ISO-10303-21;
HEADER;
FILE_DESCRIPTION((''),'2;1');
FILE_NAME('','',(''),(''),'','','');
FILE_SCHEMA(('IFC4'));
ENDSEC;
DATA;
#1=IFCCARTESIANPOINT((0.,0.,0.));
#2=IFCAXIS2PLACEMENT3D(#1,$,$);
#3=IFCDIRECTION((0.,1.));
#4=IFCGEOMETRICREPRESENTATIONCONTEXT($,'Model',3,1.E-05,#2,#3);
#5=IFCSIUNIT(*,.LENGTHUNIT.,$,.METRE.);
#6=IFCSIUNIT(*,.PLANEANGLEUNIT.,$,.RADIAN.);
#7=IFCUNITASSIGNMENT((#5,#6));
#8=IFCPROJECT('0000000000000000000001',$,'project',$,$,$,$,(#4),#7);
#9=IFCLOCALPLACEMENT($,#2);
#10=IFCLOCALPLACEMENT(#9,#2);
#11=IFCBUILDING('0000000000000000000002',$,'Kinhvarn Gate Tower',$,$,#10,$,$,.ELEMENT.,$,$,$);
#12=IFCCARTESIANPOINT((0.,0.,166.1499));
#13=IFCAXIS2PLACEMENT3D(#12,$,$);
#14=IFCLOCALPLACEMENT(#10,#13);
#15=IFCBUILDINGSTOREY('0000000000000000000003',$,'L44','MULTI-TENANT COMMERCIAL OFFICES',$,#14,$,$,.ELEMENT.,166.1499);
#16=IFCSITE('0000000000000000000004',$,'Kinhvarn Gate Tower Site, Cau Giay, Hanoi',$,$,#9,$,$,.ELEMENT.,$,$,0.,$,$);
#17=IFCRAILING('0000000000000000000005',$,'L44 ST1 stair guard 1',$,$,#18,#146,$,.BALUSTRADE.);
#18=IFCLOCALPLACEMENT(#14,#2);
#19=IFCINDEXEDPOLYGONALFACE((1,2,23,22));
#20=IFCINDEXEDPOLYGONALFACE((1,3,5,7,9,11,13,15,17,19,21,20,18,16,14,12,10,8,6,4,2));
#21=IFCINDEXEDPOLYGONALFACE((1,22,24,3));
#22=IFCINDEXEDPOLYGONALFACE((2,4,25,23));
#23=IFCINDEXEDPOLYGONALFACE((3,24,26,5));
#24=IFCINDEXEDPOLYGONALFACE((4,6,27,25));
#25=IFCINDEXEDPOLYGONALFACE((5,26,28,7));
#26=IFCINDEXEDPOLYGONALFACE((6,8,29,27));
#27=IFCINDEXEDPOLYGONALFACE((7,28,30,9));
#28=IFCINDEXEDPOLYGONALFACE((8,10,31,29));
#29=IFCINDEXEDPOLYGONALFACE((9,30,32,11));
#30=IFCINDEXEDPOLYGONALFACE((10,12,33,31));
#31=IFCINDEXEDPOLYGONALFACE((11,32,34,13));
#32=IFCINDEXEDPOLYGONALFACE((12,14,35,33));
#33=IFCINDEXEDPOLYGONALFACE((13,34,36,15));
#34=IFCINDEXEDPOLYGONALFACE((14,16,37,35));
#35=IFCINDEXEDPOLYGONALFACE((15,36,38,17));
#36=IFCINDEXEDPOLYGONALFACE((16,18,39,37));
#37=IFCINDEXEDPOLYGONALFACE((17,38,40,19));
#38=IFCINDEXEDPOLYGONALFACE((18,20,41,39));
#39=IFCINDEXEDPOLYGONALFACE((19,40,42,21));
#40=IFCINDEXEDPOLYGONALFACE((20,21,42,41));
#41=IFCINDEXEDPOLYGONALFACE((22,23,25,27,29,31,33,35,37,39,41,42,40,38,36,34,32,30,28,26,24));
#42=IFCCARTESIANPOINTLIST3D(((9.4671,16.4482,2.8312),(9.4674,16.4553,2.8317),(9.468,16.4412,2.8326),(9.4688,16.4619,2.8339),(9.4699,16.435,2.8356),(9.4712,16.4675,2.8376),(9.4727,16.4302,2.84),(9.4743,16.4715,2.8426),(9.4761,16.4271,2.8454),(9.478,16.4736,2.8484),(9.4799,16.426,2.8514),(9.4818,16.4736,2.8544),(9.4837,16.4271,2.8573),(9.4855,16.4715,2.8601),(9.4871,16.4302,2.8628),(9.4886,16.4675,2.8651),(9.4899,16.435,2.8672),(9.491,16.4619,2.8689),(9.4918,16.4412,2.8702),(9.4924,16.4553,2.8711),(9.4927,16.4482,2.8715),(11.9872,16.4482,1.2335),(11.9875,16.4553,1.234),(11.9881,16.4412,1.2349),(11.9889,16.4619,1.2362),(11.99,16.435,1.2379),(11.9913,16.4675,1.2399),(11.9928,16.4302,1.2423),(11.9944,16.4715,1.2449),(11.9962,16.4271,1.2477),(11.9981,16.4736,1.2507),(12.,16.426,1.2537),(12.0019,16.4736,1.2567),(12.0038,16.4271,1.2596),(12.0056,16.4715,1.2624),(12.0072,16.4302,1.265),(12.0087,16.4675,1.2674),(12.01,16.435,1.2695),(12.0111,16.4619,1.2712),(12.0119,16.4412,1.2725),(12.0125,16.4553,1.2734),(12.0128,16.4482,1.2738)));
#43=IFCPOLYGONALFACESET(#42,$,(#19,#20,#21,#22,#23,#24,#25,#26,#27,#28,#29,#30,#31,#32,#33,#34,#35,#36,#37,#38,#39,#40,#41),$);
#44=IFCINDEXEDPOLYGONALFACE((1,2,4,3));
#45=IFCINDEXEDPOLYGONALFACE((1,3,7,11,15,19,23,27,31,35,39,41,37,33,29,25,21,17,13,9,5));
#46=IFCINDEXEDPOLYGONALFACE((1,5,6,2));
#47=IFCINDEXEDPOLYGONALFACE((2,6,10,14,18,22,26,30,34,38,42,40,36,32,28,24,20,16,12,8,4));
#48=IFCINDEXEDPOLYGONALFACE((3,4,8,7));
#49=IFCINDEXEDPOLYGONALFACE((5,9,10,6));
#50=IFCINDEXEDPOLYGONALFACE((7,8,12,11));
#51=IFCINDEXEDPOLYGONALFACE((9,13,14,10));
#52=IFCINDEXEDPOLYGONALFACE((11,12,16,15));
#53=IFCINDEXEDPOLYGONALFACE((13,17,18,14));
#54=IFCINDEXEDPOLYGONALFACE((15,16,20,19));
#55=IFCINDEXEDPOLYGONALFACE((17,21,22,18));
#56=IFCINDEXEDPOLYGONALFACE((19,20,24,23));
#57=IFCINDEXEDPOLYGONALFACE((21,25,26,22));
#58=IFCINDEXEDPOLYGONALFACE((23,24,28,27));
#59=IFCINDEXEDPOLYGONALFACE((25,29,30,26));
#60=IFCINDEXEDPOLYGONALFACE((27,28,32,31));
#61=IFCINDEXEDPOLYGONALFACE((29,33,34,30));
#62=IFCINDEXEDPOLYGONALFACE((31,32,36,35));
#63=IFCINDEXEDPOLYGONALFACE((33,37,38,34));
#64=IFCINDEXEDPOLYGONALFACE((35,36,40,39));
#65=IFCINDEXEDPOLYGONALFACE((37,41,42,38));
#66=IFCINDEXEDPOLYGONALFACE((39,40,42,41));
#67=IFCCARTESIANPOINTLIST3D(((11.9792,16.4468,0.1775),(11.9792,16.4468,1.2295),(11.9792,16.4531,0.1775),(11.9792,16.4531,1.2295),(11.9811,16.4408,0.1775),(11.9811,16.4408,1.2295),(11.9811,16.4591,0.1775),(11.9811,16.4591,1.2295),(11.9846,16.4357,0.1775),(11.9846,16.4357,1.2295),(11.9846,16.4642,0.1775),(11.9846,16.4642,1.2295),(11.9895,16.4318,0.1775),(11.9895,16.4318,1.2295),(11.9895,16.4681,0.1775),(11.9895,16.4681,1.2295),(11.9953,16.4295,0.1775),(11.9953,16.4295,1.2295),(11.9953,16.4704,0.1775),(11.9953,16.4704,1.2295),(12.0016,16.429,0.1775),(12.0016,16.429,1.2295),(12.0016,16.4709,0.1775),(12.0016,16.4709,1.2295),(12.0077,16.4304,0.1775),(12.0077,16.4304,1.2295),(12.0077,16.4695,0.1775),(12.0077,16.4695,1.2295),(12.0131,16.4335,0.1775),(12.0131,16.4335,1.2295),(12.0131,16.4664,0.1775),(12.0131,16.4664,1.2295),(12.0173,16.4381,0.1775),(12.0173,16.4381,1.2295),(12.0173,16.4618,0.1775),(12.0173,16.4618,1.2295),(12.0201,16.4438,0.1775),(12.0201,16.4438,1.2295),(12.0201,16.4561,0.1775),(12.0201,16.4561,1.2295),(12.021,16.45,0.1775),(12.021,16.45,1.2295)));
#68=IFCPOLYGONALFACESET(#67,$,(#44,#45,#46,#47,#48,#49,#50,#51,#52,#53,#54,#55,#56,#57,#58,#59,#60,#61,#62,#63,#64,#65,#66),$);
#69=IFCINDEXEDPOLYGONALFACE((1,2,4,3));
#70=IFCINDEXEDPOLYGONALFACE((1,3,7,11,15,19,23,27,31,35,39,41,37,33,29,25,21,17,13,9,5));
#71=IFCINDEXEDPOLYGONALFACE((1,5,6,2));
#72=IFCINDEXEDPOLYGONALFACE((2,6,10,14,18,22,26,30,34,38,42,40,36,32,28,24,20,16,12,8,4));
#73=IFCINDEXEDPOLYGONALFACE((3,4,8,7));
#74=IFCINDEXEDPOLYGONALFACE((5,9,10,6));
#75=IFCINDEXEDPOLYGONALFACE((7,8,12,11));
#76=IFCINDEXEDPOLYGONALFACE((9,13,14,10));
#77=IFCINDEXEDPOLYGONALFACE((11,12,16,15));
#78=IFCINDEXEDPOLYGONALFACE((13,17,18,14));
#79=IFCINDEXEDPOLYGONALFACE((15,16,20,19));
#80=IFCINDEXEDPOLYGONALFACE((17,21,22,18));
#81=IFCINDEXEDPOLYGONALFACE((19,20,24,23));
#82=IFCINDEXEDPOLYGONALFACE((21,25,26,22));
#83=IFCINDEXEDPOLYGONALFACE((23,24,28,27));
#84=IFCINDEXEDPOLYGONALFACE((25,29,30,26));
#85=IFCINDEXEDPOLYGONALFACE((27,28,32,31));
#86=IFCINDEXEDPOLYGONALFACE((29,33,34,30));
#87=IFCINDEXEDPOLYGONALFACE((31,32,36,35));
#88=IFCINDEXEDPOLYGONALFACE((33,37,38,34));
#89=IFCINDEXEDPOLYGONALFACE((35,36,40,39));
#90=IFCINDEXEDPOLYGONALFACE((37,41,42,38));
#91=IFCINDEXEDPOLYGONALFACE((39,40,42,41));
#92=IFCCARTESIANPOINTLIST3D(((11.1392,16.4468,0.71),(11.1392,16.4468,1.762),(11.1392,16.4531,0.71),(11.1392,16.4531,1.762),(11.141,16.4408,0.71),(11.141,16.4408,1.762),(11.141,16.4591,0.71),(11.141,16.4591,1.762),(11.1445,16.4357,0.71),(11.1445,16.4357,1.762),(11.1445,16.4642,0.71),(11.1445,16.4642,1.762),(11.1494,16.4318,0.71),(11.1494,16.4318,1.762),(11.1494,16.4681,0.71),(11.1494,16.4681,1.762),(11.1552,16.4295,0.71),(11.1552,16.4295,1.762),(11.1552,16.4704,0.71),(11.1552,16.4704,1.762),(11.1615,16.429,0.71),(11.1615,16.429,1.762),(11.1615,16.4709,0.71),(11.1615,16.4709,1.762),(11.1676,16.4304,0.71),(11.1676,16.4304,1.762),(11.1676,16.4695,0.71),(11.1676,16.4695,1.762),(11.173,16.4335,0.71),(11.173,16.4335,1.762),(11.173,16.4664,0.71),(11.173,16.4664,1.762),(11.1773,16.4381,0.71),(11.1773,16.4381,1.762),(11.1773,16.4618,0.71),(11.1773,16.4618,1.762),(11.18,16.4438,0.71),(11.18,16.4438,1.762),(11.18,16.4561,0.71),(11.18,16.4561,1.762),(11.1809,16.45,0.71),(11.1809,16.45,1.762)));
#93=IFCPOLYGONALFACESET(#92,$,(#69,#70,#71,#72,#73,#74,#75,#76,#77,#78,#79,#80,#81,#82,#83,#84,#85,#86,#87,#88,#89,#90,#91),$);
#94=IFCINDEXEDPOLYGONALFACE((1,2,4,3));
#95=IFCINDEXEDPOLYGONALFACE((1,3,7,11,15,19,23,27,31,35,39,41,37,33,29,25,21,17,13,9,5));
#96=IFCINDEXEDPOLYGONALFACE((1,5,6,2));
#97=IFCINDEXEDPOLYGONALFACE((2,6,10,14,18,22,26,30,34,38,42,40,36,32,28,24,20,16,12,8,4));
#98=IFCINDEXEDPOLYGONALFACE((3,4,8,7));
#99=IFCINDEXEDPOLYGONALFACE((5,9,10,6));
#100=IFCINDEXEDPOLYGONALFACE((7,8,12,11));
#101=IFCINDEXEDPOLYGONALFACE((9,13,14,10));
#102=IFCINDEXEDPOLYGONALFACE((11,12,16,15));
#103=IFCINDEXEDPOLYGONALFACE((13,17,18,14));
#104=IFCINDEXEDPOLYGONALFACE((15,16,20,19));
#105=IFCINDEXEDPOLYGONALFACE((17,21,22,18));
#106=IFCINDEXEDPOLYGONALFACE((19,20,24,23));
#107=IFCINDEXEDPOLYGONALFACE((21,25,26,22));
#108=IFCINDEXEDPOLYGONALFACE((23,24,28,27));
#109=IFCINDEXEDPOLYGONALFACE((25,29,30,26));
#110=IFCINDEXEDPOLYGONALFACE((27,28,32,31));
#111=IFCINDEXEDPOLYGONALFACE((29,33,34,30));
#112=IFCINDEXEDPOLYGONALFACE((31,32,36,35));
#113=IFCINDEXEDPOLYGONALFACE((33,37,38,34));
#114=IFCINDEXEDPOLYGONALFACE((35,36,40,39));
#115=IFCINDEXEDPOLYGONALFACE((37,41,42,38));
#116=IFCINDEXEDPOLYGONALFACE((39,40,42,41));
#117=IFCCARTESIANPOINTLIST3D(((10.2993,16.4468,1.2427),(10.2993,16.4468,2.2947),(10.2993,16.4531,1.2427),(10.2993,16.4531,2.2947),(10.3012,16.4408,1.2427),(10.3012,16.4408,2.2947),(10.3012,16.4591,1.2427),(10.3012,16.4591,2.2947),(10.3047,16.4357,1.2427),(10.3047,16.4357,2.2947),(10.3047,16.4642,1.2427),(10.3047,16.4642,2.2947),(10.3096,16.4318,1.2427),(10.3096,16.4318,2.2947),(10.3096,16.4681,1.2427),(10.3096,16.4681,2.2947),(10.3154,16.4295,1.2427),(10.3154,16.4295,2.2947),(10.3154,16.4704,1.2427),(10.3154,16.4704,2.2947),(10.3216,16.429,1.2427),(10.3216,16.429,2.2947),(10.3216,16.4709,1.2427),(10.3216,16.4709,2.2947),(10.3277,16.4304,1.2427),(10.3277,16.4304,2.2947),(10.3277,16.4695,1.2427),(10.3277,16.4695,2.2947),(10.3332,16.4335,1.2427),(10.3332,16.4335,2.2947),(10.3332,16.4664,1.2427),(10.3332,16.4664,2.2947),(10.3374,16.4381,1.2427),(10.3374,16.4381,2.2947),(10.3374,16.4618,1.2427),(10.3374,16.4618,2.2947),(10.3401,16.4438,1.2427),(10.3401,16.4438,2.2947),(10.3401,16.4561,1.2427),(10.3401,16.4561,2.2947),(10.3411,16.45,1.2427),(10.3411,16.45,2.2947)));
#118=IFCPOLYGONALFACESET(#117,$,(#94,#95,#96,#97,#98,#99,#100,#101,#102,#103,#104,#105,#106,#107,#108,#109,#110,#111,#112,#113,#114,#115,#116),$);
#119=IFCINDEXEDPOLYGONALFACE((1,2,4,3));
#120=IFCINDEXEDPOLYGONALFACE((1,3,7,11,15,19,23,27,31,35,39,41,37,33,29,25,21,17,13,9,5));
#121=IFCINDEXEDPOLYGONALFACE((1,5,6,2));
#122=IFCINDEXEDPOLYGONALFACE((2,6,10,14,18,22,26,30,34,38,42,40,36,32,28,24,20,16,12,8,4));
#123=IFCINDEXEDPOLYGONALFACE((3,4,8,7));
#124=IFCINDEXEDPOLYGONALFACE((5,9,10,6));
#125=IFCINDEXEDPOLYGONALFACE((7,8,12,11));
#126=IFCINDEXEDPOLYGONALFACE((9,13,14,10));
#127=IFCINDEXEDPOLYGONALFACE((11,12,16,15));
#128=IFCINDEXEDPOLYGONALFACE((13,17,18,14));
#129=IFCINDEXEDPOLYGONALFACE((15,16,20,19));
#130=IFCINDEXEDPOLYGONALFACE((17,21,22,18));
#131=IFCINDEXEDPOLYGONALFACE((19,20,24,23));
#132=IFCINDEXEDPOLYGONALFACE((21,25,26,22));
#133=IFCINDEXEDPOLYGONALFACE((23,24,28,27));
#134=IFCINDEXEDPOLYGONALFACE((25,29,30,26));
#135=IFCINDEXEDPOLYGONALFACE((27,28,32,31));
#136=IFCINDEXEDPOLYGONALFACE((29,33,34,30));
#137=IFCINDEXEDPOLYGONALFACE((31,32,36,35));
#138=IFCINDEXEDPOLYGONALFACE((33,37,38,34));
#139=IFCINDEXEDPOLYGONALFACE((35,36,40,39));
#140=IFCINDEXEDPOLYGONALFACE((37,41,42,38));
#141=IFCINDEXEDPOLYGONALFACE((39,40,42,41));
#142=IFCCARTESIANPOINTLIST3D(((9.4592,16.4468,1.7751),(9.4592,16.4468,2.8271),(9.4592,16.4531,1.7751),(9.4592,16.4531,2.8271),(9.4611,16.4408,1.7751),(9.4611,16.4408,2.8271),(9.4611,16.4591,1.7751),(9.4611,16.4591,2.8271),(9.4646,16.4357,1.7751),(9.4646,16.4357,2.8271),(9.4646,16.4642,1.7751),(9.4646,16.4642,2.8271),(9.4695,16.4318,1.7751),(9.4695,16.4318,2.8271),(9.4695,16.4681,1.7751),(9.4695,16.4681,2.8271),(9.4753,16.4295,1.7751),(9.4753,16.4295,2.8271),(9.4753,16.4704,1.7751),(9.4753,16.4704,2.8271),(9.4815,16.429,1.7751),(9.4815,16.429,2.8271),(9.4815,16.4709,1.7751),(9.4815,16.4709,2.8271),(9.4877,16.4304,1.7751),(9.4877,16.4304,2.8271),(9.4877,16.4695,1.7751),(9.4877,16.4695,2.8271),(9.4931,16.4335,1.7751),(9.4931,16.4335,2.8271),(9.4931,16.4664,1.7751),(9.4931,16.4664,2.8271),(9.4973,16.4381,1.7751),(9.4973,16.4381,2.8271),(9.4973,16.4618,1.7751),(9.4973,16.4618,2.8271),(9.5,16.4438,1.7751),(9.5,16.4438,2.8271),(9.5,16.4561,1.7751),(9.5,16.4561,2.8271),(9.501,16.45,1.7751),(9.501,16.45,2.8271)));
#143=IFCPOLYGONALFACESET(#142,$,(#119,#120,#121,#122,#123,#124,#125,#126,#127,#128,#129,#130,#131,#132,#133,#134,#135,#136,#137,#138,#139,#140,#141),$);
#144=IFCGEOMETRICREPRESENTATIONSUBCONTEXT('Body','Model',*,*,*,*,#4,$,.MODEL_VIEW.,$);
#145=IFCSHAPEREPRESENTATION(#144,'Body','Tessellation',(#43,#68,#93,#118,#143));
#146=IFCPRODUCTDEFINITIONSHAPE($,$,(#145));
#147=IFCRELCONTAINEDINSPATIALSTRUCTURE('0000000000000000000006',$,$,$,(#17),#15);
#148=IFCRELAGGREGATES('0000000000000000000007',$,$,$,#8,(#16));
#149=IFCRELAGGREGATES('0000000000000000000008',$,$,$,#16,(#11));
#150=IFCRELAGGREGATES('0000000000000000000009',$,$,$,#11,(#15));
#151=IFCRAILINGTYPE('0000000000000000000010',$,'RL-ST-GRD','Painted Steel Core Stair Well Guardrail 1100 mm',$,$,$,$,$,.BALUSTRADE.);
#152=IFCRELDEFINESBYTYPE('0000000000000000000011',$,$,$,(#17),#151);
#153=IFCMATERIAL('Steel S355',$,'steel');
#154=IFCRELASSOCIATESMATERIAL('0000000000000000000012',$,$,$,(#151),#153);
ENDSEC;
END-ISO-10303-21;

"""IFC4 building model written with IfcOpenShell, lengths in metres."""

from ifc_helpers import new_model, si_unit, direction, frame, origin, origin_2d, place, context, subcontext, project, spatial, circle, extrude, material, type_object, element, save


model = new_model("IFC4")

# Units and contexts
model_context = context("Model", 3, precision=1e-05, world=origin(), true_north=direction((0.0, 1.0)))
body_context = subcontext(model_context, "Body", "Model", "MODEL_VIEW")
ifc_project = project(units=[si_unit("LENGTHUNIT", "METRE"), si_unit("PLANEANGLEUNIT", "RADIAN")], contexts=[model_context])

# Site, building, storey
site_placement = place(None, origin())
site = spatial("IfcSite", under=ifc_project, at=site_placement, Name="Kinhvarn Gate Tower Site, Cau Giay, Hanoi", CompositionType="ELEMENT", RefElevation=0.0)
building_placement = place(site_placement, origin())
building = spatial("IfcBuilding", under=site, at=building_placement, Name="Kinhvarn Gate Tower", CompositionType="ELEMENT")
storey_placement = place(building_placement, frame((0.0, 0.0, 166.1499)))
storey = spatial("IfcBuildingStorey", under=building, at=storey_placement, Name="L44", Description="MULTI-TENANT COMMERCIAL OFFICES", CompositionType="ELEMENT", Elevation=166.1499)

# Shared definitions
ifc_material_1 = material(Name="Steel S355", Category="steel")

# Railing
railing_type_1 = type_object("IfcRailingType", Name="RL-ST-GRD", Description="Painted Steel Core Stair Well Guardrail 1100 mm", PredefinedType="BALUSTRADE", material=ifc_material_1)
railing_1_placement = place(storey_placement, frame((12.0, 16.45, 0.1775)))
element("IfcRailing", 1, at=railing_1_placement, inside=storey, type_object=railing_type_1, Name="L44 ST1 stair guard 1", PredefinedType="BALUSTRADE", context=body_context, shape_type="SweptSolid", body=[
    extrude(circle(Radius=0.0239, at=origin_2d()), frame((0.0, 0.0, 1.0762), z_axis=(-0.84457, 0.0, 0.535445), x_axis=(0.0, -1.0, 0.0)), (0.0, 0.0, 1.0), 2.9839),
    extrude(circle(Radius=0.021, at=origin_2d()), origin(), (0.0, 0.0, 1.0), 1.052),
    extrude(circle(Radius=0.021, at=origin_2d()), frame((-0.8401, 0.0, 0.5325)), (0.0, 0.0, 1.0), 1.052),
    extrude(circle(Radius=0.021, at=origin_2d()), frame((-1.6799, 0.0, 1.0652)), (0.0, 0.0, 1.0), 1.052),
    extrude(circle(Radius=0.021, at=origin_2d()), frame((-2.52, 0.0, 1.5977)), (0.0, 0.0, 1.0), 1.052),
])

save(model, "model.ifc")
